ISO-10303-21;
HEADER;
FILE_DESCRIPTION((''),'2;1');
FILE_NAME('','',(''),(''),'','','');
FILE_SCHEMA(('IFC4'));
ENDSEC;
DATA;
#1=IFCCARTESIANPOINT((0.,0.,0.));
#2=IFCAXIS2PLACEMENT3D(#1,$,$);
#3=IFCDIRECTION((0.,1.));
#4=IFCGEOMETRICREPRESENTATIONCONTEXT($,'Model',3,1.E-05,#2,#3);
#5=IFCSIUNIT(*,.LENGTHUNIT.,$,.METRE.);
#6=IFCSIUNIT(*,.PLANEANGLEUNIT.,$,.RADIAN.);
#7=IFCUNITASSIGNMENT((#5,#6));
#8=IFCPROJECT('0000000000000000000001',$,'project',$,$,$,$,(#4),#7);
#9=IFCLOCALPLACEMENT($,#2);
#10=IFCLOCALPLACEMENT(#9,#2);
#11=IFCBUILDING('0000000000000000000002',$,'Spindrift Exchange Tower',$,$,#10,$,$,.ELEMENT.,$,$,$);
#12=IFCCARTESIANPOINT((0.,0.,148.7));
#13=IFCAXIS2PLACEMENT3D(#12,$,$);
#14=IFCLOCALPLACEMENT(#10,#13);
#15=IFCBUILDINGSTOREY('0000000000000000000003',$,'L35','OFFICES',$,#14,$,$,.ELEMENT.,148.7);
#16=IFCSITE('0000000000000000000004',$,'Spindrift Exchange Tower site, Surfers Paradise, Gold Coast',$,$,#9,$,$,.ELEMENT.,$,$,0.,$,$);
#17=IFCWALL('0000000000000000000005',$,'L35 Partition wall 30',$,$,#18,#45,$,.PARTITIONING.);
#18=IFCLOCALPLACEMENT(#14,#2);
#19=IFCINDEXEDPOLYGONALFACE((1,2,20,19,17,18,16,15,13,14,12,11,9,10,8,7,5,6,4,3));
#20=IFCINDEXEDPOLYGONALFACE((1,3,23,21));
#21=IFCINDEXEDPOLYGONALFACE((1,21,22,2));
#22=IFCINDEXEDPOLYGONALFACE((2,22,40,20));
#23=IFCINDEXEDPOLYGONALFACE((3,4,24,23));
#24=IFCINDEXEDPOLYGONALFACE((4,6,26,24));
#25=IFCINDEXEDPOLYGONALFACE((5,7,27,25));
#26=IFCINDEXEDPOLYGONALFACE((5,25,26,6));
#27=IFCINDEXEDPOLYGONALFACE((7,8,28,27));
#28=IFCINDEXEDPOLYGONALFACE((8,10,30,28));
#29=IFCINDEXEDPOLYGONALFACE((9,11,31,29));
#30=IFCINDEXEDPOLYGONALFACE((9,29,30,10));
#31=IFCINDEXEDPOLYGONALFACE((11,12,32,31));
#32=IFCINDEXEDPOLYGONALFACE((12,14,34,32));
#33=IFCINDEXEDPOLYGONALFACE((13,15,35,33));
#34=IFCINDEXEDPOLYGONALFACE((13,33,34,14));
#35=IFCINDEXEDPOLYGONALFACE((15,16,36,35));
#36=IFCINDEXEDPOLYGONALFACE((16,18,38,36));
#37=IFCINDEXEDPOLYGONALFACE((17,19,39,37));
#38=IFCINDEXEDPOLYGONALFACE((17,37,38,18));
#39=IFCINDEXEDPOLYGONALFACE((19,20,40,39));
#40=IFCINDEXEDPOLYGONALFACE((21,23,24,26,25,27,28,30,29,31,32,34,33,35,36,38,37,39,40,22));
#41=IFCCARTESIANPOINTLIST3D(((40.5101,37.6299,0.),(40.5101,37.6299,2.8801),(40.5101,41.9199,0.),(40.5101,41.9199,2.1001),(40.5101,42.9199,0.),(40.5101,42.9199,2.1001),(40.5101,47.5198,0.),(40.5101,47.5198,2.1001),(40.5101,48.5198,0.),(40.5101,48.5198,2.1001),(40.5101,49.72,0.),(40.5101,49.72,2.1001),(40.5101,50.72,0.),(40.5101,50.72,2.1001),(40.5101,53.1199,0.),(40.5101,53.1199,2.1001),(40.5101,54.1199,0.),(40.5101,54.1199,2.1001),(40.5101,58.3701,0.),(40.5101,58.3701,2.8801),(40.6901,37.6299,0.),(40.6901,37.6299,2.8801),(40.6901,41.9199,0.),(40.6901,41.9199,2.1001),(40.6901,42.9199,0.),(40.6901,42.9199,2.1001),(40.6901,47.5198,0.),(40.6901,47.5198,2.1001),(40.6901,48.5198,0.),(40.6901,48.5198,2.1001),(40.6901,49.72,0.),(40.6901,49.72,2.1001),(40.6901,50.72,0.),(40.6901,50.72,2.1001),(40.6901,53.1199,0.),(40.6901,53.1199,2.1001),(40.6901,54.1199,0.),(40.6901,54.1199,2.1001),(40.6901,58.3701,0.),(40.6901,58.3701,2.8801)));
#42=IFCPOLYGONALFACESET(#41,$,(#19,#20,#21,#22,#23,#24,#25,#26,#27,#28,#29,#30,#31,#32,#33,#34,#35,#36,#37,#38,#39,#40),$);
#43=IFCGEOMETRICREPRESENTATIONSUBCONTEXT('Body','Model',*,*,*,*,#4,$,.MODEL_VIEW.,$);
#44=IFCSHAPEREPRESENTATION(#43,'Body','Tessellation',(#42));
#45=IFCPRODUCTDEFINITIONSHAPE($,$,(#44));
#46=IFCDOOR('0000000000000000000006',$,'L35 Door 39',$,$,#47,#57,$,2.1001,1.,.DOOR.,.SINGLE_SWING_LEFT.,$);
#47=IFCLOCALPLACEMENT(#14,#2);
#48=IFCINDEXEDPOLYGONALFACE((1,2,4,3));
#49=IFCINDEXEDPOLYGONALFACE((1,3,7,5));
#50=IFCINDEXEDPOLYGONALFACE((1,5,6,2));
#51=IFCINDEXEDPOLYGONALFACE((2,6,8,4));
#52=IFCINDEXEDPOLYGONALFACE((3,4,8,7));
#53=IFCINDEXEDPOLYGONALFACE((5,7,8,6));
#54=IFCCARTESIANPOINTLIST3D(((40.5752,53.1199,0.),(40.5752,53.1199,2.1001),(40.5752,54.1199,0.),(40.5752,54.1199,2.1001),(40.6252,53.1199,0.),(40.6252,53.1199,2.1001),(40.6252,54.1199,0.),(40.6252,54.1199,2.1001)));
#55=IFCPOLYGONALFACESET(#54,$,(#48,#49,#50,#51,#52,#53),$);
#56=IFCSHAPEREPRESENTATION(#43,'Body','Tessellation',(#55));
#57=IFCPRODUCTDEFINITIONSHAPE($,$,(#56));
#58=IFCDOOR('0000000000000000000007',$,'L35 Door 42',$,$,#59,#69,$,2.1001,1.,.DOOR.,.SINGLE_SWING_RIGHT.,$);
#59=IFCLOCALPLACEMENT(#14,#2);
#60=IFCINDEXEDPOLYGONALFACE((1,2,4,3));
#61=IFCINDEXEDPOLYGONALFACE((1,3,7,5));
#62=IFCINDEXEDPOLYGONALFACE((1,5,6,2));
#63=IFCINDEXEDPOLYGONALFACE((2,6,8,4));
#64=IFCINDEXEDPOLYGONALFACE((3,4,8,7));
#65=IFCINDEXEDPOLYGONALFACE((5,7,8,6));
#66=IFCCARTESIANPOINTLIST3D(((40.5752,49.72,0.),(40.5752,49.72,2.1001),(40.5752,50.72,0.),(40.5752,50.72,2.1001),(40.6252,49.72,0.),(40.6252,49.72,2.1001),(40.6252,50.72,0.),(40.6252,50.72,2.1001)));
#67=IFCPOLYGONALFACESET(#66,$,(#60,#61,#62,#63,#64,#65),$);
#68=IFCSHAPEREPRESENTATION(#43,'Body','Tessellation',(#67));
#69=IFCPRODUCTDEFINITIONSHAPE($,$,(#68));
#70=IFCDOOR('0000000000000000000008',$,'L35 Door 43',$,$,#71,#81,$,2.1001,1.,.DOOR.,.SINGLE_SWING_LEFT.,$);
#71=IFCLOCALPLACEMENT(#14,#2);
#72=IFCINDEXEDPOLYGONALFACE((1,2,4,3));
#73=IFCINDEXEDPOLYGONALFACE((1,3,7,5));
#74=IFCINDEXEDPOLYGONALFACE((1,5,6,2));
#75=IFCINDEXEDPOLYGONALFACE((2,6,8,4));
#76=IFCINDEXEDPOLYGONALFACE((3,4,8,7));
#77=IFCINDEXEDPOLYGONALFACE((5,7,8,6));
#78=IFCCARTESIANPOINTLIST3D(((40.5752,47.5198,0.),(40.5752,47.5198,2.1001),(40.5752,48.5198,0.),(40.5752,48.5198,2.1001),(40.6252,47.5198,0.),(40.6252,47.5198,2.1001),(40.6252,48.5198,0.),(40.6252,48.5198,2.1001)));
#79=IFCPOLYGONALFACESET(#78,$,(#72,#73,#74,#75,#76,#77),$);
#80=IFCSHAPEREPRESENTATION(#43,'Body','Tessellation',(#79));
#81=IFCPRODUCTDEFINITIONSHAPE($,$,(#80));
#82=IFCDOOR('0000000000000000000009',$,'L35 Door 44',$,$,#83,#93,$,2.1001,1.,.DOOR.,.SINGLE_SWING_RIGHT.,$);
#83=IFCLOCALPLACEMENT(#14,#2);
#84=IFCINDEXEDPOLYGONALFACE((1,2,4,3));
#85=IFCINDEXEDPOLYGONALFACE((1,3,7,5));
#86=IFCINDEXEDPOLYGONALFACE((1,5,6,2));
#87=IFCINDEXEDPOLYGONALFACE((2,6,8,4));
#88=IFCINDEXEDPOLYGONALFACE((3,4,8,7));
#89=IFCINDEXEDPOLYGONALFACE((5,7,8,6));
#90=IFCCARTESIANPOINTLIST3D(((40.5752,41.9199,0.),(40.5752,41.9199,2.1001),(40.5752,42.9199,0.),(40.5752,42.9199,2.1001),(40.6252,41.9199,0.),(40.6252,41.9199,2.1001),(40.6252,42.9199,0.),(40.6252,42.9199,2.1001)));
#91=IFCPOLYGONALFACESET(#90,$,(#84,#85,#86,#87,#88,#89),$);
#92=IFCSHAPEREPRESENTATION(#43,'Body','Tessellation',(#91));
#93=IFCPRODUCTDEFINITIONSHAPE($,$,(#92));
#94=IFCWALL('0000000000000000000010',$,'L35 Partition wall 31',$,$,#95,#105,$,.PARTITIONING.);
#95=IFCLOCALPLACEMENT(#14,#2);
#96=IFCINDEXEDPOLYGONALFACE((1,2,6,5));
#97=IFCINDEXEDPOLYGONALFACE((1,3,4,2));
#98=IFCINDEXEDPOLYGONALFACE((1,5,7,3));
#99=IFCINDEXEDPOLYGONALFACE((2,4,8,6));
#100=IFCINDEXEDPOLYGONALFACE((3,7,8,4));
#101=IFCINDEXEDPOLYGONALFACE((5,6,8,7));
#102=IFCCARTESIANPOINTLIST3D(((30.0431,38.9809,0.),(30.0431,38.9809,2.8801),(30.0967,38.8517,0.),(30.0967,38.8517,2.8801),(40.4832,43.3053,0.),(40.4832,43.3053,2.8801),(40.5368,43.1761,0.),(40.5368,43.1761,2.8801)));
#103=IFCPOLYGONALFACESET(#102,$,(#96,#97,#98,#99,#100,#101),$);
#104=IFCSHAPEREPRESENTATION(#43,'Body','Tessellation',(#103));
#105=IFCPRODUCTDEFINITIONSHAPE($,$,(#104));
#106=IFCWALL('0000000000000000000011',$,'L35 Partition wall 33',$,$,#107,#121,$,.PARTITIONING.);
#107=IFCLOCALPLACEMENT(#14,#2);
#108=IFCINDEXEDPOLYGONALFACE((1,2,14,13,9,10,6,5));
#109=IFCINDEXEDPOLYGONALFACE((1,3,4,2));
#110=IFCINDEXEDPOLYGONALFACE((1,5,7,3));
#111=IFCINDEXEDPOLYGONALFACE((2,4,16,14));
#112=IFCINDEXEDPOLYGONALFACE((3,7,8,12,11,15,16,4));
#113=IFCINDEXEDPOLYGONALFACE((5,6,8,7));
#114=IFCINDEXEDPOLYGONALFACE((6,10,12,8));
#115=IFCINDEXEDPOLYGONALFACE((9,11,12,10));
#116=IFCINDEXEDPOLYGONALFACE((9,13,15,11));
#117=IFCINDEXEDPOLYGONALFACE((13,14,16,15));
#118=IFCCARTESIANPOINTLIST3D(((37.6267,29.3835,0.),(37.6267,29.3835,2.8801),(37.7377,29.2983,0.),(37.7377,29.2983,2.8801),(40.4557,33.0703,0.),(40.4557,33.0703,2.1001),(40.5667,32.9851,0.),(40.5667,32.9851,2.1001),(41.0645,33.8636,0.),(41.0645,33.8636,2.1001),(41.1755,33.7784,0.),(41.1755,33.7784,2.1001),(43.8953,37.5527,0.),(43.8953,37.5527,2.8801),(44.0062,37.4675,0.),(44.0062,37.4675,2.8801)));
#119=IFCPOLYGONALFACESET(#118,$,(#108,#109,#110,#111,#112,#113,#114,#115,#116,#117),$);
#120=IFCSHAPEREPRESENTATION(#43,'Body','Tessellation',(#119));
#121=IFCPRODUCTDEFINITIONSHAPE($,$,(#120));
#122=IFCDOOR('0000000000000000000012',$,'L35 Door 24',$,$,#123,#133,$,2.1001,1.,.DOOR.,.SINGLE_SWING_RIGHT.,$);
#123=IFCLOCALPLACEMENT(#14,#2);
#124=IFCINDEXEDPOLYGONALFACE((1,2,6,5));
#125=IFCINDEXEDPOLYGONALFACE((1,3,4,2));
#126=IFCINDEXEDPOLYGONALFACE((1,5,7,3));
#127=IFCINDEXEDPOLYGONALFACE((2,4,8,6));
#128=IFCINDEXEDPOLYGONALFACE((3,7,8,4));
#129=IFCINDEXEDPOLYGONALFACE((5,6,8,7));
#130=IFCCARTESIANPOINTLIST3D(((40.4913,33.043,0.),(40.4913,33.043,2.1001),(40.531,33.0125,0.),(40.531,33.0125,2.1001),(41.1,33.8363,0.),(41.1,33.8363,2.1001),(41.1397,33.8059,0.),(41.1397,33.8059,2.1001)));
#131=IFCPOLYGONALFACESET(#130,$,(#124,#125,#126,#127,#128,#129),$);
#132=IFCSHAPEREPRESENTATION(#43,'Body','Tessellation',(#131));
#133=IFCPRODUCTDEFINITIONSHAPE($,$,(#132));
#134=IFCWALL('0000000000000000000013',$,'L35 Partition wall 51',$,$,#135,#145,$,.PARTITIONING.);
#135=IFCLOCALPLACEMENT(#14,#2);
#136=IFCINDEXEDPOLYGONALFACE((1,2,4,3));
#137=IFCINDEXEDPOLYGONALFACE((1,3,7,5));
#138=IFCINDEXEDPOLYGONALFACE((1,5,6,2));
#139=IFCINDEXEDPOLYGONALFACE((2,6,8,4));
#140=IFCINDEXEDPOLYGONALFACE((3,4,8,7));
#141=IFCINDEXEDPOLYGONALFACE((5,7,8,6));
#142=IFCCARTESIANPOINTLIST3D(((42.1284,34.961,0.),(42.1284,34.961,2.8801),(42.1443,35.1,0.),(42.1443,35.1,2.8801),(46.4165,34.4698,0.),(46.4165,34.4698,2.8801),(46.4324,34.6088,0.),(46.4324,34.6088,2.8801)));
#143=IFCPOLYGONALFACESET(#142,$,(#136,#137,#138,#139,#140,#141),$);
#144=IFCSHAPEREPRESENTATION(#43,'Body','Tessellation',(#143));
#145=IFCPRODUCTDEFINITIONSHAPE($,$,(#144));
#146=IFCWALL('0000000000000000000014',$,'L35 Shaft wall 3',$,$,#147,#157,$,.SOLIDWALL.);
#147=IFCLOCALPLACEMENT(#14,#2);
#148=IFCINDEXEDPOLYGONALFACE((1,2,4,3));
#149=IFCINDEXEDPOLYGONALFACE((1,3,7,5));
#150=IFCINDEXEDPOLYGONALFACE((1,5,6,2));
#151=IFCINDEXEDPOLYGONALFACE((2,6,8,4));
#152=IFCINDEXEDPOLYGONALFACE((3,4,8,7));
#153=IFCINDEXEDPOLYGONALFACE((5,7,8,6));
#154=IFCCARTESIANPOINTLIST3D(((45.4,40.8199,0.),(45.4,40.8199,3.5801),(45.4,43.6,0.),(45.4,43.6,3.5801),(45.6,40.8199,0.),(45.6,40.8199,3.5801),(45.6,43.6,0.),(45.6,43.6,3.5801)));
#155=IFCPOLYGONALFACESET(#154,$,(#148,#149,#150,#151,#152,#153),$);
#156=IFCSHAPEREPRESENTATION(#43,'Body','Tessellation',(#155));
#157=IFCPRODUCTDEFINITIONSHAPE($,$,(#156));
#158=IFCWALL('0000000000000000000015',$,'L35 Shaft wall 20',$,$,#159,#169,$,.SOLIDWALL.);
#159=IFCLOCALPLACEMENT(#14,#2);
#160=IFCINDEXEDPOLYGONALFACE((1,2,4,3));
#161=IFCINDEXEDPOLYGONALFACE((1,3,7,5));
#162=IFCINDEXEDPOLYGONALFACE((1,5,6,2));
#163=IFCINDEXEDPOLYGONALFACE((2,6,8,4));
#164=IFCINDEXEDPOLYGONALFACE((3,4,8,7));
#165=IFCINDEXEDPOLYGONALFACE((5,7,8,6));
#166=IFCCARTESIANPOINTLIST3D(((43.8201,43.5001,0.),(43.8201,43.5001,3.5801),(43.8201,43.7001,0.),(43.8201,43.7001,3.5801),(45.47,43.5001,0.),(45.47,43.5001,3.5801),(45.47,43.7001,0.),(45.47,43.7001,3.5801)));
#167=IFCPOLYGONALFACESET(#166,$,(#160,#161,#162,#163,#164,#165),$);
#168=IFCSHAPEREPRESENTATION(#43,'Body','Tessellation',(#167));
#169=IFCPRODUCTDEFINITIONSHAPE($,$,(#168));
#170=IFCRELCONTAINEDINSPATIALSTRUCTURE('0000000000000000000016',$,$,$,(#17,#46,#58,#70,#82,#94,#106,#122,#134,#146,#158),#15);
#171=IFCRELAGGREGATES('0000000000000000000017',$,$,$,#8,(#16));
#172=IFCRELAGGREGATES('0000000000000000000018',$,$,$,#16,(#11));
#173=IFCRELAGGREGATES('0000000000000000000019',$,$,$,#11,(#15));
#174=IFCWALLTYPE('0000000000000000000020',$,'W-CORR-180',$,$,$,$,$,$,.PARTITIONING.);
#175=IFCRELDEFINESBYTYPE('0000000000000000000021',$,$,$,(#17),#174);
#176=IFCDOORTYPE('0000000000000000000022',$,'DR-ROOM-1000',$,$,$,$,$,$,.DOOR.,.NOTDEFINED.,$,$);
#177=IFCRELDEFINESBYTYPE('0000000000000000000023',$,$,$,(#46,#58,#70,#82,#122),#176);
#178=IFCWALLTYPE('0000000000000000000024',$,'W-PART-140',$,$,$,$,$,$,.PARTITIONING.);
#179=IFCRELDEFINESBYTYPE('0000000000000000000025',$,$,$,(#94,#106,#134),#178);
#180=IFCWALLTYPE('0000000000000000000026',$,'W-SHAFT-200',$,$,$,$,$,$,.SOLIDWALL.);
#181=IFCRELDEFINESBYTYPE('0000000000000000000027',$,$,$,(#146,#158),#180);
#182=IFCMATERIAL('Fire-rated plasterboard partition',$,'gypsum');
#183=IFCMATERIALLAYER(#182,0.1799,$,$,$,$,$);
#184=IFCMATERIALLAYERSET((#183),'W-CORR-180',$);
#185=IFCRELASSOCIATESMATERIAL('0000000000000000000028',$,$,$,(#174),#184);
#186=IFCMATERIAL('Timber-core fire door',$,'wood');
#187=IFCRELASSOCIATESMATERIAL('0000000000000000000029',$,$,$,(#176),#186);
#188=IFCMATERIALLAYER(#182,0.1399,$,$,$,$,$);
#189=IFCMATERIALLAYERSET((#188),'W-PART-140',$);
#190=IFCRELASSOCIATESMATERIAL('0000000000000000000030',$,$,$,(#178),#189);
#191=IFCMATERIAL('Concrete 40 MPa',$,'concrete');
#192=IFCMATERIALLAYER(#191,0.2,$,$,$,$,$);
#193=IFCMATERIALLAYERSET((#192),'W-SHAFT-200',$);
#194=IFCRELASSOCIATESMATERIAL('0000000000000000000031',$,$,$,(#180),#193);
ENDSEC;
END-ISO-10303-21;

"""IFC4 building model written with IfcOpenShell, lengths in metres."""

from ifc_helpers import new_model, si_unit, direction, frame, frame_2d, origin, place, context, subcontext, project, spatial, rectangle, extrude, source, transform, mapped, material, layer, layer_set, type_object, element, fill, save


model = new_model("IFC4")

# Units and contexts
model_context = context("Model", 3, precision=1e-05, world=origin(), true_north=direction((0.0, 1.0)))
body_context = subcontext(model_context, "Body", "Model", "MODEL_VIEW")
ifc_project = project(units=[si_unit("LENGTHUNIT", "METRE"), si_unit("PLANEANGLEUNIT", "RADIAN")], contexts=[model_context])

# Site, building, storey
site_placement = place(None, origin())
site = spatial("IfcSite", under=ifc_project, at=site_placement, Name="Spindrift Exchange Tower site, Surfers Paradise, Gold Coast", CompositionType="ELEMENT", RefElevation=0.0)
building_placement = place(site_placement, origin())
building = spatial("IfcBuilding", under=site, at=building_placement, Name="Spindrift Exchange Tower", CompositionType="ELEMENT")
storey_placement = place(building_placement, frame((0.0, 0.0, 148.7)))
storey = spatial("IfcBuildingStorey", under=building, at=storey_placement, Name="L35", Description="OFFICES", CompositionType="ELEMENT", Elevation=148.7)

# Wall, openings, doors
ifc_material_1 = material(Name="Timber-core fire door", Category="wood")
ifc_material_2 = material(Name="Fire-rated plasterboard partition", Category="gypsum")
ifc_layer_1 = layer(ifc_material_2, 0.1799)
ifc_layer_set_1 = layer_set([ifc_layer_1], Name="W-CORR-180")
wall_type_1 = type_object("IfcWallType", Name="W-CORR-180", PredefinedType="PARTITIONING", material=ifc_layer_set_1)
wall_1_placement = place(storey_placement, frame((40.6001, 37.6299, 0.0), z_axis=(0.0, 0.0, 1.0), x_axis=(0.0, 1.0, 0.0)))
wall_1 = element("IfcWall", 1, at=wall_1_placement, inside=storey, type_object=wall_type_1, Name="L35 Partition wall 30", PredefinedType="PARTITIONING", context=body_context, shape_type="SweptSolid", body=[
    extrude(rectangle(XDim=20.7402, YDim=0.1799, at=frame_2d((10.3701, 0.0))), origin(), (0.0, 0.0, 1.0), 2.8801),
])
opening_1_placement = place(wall_1_placement, frame((15.49, 0.0, 0.0)))
opening_1 = element("IfcOpeningElement", 2, at=opening_1_placement, cuts=wall_1, PredefinedType="OPENING", context=body_context, shape_type="SweptSolid", body=[
    extrude(rectangle(XDim=1.0, YDim=2.1001, at=frame_2d((0.5, 1.05))), frame((0.0, 0.0999, 0.0), z_axis=(0.0, -1.0, 0.0), x_axis=(1.0, 0.0, 0.0)), (0.0, 0.0, 1.0), 0.2),
])
opening_2_placement = place(wall_1_placement, frame((12.0901, 0.0, 0.0)))
opening_2 = element("IfcOpeningElement", 3, at=opening_2_placement, cuts=wall_1, PredefinedType="OPENING", context=body_context, shape_type="SweptSolid", body=[
    extrude(rectangle(XDim=1.0, YDim=2.1001, at=frame_2d((0.5, 1.05))), frame((0.0, 0.0999, 0.0), z_axis=(0.0, -1.0, 0.0), x_axis=(1.0, 0.0, 0.0)), (0.0, 0.0, 1.0), 0.2),
])
opening_3_placement = place(wall_1_placement, frame((9.8899, 0.0, 0.0)))
opening_3 = element("IfcOpeningElement", 4, at=opening_3_placement, cuts=wall_1, PredefinedType="OPENING", context=body_context, shape_type="SweptSolid", body=[
    extrude(rectangle(XDim=1.0, YDim=2.1001, at=frame_2d((0.5, 1.05))), frame((0.0, 0.0999, 0.0), z_axis=(0.0, -1.0, 0.0), x_axis=(1.0, 0.0, 0.0)), (0.0, 0.0, 1.0), 0.2),
])
opening_4_placement = place(wall_1_placement, frame((4.29, 0.0, 0.0)))
opening_4 = element("IfcOpeningElement", 5, at=opening_4_placement, cuts=wall_1, PredefinedType="OPENING", context=body_context, shape_type="SweptSolid", body=[
    extrude(rectangle(XDim=1.0, YDim=2.1001, at=frame_2d((0.5, 1.05))), frame((0.0, 0.0999, 0.0), z_axis=(0.0, -1.0, 0.0), x_axis=(1.0, 0.0, 0.0)), (0.0, 0.0, 1.0), 0.2),
])
door_type_1 = type_object("IfcDoorType", Name="DR-ROOM-1000", OperationType="NOTDEFINED", PredefinedType="DOOR", material=ifc_material_1)
shared_shape_1 = source(origin(), body_context, "Body", "SweptSolid", [
    extrude(rectangle(XDim=1.0, YDim=2.1001, at=frame_2d((0.5, 1.05))), frame((0.0, 0.0249, 0.0), z_axis=(0.0, -1.0, 0.0), x_axis=(1.0, 0.0, 0.0)), (0.0, 0.0, 1.0), 0.05),
])
door_1_placement = place(opening_1_placement, origin())
door_1 = element("IfcDoor", 6, at=door_1_placement, inside=storey, type_object=door_type_1, Name="L35 Door 39", OperationType="SINGLE_SWING_LEFT", OverallHeight=2.1001, OverallWidth=1.0, PredefinedType="DOOR", context=body_context, shape_type="MappedRepresentation", body=[
    mapped(shared_shape_1, transform((0.0, 0.0, 0.0), scale=1.0)),
])
fill(opening_1, door_1)
door_2_placement = place(opening_2_placement, origin())
door_2 = element("IfcDoor", 7, at=door_2_placement, inside=storey, type_object=door_type_1, Name="L35 Door 42", OperationType="SINGLE_SWING_RIGHT", OverallHeight=2.1001, OverallWidth=1.0, PredefinedType="DOOR", context=body_context, shape_type="MappedRepresentation", body=[
    mapped(shared_shape_1, transform((0.0, 0.0, 0.0), scale=1.0)),
])
fill(opening_2, door_2)
door_3_placement = place(opening_3_placement, origin())
door_3 = element("IfcDoor", 8, at=door_3_placement, inside=storey, type_object=door_type_1, Name="L35 Door 43", OperationType="SINGLE_SWING_LEFT", OverallHeight=2.1001, OverallWidth=1.0, PredefinedType="DOOR", context=body_context, shape_type="MappedRepresentation", body=[
    mapped(shared_shape_1, transform((0.0, 0.0, 0.0), scale=1.0)),
])
fill(opening_3, door_3)
door_4_placement = place(opening_4_placement, origin())
door_4 = element("IfcDoor", 9, at=door_4_placement, inside=storey, type_object=door_type_1, Name="L35 Door 44", OperationType="SINGLE_SWING_RIGHT", OverallHeight=2.1001, OverallWidth=1.0, PredefinedType="DOOR", context=body_context, shape_type="MappedRepresentation", body=[
    mapped(shared_shape_1, transform((0.0, 0.0, 0.0), scale=1.0)),
])
fill(opening_4, door_4)

# Wall
ifc_layer_2 = layer(ifc_material_2, 0.1399)
ifc_layer_set_2 = layer_set([ifc_layer_2], Name="W-PART-140")
wall_type_2 = type_object("IfcWallType", Name="W-PART-140", PredefinedType="PARTITIONING", material=ifc_layer_set_2)
wall_2_placement = place(storey_placement, frame((40.51, 43.2407, 0.0), z_axis=(0.0, 0.0, 1.0), x_axis=(-0.92388, -0.382683, 0.0)))
element("IfcWall", 10, at=wall_2_placement, inside=storey, type_object=wall_type_2, Name="L35 Partition wall 31", PredefinedType="PARTITIONING", context=body_context, shape_type="SweptSolid", body=[
    extrude(rectangle(XDim=11.3003, YDim=0.1399, at=frame_2d((5.6501, 0.0))), origin(), (0.0, 0.0, 1.0), 2.8801),
])

# Wall, opening, door
wall_3_placement = place(storey_placement, frame((43.9507, 37.51, 0.0), z_axis=(0.0, 0.0, 1.0), x_axis=(-0.608768, -0.793348, 0.0)))
wall_3 = element("IfcWall", 11, at=wall_3_placement, inside=storey, type_object=wall_type_2, Name="L35 Partition wall 33", PredefinedType="PARTITIONING", context=body_context, shape_type="SweptSolid", body=[
    extrude(rectangle(XDim=10.2971, YDim=0.1399, at=frame_2d((5.1484, 0.0))), origin(), (0.0, 0.0, 1.0), 2.8801),
])
opening_5_placement = place(wall_3_placement, frame((4.6499, 0.0, 0.0)))
opening_5 = element("IfcOpeningElement", 12, at=opening_5_placement, cuts=wall_3, PredefinedType="OPENING", context=body_context, shape_type="SweptSolid", body=[
    extrude(rectangle(XDim=1.0, YDim=2.1001, at=frame_2d((0.5, 1.05))), frame((0.0, 0.0798, 0.0), z_axis=(0.0, -1.0, 0.0), x_axis=(1.0, 0.0, 0.0)), (0.0, 0.0, 1.0), 0.1599),
])
door_5_placement = place(opening_5_placement, origin())
door_5 = element("IfcDoor", 13, at=door_5_placement, inside=storey, type_object=door_type_1, Name="L35 Door 24", OperationType="SINGLE_SWING_RIGHT", OverallHeight=2.1001, OverallWidth=1.0, PredefinedType="DOOR", context=body_context, shape_type="MappedRepresentation", body=[
    mapped(shared_shape_1, transform((0.0, 0.0, 0.0), scale=1.0)),
])
fill(opening_5, door_5)

# Walls
wall_4_placement = place(storey_placement, frame((42.1362, 35.0305, 0.0), z_axis=(0.0, 0.0, 1.0), x_axis=(0.993503, -0.113808, 0.0)))
element("IfcWall", 14, at=wall_4_placement, inside=storey, type_object=wall_type_2, Name="L35 Partition wall 51", PredefinedType="PARTITIONING", context=body_context, shape_type="SweptSolid", body=[
    extrude(rectangle(XDim=4.3162, YDim=0.1399, at=frame_2d((2.1582, 0.0))), origin(), (0.0, 0.0, 1.0), 2.8801),
])
ifc_material_3 = material(Name="Concrete 40 MPa", Category="concrete")
ifc_layer_3 = layer(ifc_material_3, 0.2)
ifc_layer_set_3 = layer_set([ifc_layer_3], Name="W-SHAFT-200")
wall_type_3 = type_object("IfcWallType", Name="W-SHAFT-200", PredefinedType="SOLIDWALL", material=ifc_layer_set_3)
wall_5_placement = place(storey_placement, frame((45.5, 43.6001, 0.0), z_axis=(0.0, 0.0, 1.0), x_axis=(0.0, -1.0, 0.0)))
element("IfcWall", 15, at=wall_5_placement, inside=storey, type_object=wall_type_3, Name="L35 Shaft wall 3", PredefinedType="SOLIDWALL", context=body_context, shape_type="SweptSolid", body=[
    extrude(rectangle(XDim=2.78, YDim=0.2, at=frame_2d((1.3901, 0.0))), origin(), (0.0, 0.0, 1.0), 3.5801),
])
wall_6_placement = place(storey_placement, frame((45.47, 43.6001, 0.0), z_axis=(0.0, 0.0, 1.0), x_axis=(-1.0, 0.0, 0.0)))
element("IfcWall", 16, at=wall_6_placement, inside=storey, type_object=wall_type_3, Name="L35 Shaft wall 20", PredefinedType="SOLIDWALL", context=body_context, shape_type="SweptSolid", body=[
    extrude(rectangle(XDim=1.6499, YDim=0.2, at=frame_2d((0.825, 0.0))), origin(), (0.0, 0.0, 1.0), 3.5801),
])

save(model, "model.ifc")
